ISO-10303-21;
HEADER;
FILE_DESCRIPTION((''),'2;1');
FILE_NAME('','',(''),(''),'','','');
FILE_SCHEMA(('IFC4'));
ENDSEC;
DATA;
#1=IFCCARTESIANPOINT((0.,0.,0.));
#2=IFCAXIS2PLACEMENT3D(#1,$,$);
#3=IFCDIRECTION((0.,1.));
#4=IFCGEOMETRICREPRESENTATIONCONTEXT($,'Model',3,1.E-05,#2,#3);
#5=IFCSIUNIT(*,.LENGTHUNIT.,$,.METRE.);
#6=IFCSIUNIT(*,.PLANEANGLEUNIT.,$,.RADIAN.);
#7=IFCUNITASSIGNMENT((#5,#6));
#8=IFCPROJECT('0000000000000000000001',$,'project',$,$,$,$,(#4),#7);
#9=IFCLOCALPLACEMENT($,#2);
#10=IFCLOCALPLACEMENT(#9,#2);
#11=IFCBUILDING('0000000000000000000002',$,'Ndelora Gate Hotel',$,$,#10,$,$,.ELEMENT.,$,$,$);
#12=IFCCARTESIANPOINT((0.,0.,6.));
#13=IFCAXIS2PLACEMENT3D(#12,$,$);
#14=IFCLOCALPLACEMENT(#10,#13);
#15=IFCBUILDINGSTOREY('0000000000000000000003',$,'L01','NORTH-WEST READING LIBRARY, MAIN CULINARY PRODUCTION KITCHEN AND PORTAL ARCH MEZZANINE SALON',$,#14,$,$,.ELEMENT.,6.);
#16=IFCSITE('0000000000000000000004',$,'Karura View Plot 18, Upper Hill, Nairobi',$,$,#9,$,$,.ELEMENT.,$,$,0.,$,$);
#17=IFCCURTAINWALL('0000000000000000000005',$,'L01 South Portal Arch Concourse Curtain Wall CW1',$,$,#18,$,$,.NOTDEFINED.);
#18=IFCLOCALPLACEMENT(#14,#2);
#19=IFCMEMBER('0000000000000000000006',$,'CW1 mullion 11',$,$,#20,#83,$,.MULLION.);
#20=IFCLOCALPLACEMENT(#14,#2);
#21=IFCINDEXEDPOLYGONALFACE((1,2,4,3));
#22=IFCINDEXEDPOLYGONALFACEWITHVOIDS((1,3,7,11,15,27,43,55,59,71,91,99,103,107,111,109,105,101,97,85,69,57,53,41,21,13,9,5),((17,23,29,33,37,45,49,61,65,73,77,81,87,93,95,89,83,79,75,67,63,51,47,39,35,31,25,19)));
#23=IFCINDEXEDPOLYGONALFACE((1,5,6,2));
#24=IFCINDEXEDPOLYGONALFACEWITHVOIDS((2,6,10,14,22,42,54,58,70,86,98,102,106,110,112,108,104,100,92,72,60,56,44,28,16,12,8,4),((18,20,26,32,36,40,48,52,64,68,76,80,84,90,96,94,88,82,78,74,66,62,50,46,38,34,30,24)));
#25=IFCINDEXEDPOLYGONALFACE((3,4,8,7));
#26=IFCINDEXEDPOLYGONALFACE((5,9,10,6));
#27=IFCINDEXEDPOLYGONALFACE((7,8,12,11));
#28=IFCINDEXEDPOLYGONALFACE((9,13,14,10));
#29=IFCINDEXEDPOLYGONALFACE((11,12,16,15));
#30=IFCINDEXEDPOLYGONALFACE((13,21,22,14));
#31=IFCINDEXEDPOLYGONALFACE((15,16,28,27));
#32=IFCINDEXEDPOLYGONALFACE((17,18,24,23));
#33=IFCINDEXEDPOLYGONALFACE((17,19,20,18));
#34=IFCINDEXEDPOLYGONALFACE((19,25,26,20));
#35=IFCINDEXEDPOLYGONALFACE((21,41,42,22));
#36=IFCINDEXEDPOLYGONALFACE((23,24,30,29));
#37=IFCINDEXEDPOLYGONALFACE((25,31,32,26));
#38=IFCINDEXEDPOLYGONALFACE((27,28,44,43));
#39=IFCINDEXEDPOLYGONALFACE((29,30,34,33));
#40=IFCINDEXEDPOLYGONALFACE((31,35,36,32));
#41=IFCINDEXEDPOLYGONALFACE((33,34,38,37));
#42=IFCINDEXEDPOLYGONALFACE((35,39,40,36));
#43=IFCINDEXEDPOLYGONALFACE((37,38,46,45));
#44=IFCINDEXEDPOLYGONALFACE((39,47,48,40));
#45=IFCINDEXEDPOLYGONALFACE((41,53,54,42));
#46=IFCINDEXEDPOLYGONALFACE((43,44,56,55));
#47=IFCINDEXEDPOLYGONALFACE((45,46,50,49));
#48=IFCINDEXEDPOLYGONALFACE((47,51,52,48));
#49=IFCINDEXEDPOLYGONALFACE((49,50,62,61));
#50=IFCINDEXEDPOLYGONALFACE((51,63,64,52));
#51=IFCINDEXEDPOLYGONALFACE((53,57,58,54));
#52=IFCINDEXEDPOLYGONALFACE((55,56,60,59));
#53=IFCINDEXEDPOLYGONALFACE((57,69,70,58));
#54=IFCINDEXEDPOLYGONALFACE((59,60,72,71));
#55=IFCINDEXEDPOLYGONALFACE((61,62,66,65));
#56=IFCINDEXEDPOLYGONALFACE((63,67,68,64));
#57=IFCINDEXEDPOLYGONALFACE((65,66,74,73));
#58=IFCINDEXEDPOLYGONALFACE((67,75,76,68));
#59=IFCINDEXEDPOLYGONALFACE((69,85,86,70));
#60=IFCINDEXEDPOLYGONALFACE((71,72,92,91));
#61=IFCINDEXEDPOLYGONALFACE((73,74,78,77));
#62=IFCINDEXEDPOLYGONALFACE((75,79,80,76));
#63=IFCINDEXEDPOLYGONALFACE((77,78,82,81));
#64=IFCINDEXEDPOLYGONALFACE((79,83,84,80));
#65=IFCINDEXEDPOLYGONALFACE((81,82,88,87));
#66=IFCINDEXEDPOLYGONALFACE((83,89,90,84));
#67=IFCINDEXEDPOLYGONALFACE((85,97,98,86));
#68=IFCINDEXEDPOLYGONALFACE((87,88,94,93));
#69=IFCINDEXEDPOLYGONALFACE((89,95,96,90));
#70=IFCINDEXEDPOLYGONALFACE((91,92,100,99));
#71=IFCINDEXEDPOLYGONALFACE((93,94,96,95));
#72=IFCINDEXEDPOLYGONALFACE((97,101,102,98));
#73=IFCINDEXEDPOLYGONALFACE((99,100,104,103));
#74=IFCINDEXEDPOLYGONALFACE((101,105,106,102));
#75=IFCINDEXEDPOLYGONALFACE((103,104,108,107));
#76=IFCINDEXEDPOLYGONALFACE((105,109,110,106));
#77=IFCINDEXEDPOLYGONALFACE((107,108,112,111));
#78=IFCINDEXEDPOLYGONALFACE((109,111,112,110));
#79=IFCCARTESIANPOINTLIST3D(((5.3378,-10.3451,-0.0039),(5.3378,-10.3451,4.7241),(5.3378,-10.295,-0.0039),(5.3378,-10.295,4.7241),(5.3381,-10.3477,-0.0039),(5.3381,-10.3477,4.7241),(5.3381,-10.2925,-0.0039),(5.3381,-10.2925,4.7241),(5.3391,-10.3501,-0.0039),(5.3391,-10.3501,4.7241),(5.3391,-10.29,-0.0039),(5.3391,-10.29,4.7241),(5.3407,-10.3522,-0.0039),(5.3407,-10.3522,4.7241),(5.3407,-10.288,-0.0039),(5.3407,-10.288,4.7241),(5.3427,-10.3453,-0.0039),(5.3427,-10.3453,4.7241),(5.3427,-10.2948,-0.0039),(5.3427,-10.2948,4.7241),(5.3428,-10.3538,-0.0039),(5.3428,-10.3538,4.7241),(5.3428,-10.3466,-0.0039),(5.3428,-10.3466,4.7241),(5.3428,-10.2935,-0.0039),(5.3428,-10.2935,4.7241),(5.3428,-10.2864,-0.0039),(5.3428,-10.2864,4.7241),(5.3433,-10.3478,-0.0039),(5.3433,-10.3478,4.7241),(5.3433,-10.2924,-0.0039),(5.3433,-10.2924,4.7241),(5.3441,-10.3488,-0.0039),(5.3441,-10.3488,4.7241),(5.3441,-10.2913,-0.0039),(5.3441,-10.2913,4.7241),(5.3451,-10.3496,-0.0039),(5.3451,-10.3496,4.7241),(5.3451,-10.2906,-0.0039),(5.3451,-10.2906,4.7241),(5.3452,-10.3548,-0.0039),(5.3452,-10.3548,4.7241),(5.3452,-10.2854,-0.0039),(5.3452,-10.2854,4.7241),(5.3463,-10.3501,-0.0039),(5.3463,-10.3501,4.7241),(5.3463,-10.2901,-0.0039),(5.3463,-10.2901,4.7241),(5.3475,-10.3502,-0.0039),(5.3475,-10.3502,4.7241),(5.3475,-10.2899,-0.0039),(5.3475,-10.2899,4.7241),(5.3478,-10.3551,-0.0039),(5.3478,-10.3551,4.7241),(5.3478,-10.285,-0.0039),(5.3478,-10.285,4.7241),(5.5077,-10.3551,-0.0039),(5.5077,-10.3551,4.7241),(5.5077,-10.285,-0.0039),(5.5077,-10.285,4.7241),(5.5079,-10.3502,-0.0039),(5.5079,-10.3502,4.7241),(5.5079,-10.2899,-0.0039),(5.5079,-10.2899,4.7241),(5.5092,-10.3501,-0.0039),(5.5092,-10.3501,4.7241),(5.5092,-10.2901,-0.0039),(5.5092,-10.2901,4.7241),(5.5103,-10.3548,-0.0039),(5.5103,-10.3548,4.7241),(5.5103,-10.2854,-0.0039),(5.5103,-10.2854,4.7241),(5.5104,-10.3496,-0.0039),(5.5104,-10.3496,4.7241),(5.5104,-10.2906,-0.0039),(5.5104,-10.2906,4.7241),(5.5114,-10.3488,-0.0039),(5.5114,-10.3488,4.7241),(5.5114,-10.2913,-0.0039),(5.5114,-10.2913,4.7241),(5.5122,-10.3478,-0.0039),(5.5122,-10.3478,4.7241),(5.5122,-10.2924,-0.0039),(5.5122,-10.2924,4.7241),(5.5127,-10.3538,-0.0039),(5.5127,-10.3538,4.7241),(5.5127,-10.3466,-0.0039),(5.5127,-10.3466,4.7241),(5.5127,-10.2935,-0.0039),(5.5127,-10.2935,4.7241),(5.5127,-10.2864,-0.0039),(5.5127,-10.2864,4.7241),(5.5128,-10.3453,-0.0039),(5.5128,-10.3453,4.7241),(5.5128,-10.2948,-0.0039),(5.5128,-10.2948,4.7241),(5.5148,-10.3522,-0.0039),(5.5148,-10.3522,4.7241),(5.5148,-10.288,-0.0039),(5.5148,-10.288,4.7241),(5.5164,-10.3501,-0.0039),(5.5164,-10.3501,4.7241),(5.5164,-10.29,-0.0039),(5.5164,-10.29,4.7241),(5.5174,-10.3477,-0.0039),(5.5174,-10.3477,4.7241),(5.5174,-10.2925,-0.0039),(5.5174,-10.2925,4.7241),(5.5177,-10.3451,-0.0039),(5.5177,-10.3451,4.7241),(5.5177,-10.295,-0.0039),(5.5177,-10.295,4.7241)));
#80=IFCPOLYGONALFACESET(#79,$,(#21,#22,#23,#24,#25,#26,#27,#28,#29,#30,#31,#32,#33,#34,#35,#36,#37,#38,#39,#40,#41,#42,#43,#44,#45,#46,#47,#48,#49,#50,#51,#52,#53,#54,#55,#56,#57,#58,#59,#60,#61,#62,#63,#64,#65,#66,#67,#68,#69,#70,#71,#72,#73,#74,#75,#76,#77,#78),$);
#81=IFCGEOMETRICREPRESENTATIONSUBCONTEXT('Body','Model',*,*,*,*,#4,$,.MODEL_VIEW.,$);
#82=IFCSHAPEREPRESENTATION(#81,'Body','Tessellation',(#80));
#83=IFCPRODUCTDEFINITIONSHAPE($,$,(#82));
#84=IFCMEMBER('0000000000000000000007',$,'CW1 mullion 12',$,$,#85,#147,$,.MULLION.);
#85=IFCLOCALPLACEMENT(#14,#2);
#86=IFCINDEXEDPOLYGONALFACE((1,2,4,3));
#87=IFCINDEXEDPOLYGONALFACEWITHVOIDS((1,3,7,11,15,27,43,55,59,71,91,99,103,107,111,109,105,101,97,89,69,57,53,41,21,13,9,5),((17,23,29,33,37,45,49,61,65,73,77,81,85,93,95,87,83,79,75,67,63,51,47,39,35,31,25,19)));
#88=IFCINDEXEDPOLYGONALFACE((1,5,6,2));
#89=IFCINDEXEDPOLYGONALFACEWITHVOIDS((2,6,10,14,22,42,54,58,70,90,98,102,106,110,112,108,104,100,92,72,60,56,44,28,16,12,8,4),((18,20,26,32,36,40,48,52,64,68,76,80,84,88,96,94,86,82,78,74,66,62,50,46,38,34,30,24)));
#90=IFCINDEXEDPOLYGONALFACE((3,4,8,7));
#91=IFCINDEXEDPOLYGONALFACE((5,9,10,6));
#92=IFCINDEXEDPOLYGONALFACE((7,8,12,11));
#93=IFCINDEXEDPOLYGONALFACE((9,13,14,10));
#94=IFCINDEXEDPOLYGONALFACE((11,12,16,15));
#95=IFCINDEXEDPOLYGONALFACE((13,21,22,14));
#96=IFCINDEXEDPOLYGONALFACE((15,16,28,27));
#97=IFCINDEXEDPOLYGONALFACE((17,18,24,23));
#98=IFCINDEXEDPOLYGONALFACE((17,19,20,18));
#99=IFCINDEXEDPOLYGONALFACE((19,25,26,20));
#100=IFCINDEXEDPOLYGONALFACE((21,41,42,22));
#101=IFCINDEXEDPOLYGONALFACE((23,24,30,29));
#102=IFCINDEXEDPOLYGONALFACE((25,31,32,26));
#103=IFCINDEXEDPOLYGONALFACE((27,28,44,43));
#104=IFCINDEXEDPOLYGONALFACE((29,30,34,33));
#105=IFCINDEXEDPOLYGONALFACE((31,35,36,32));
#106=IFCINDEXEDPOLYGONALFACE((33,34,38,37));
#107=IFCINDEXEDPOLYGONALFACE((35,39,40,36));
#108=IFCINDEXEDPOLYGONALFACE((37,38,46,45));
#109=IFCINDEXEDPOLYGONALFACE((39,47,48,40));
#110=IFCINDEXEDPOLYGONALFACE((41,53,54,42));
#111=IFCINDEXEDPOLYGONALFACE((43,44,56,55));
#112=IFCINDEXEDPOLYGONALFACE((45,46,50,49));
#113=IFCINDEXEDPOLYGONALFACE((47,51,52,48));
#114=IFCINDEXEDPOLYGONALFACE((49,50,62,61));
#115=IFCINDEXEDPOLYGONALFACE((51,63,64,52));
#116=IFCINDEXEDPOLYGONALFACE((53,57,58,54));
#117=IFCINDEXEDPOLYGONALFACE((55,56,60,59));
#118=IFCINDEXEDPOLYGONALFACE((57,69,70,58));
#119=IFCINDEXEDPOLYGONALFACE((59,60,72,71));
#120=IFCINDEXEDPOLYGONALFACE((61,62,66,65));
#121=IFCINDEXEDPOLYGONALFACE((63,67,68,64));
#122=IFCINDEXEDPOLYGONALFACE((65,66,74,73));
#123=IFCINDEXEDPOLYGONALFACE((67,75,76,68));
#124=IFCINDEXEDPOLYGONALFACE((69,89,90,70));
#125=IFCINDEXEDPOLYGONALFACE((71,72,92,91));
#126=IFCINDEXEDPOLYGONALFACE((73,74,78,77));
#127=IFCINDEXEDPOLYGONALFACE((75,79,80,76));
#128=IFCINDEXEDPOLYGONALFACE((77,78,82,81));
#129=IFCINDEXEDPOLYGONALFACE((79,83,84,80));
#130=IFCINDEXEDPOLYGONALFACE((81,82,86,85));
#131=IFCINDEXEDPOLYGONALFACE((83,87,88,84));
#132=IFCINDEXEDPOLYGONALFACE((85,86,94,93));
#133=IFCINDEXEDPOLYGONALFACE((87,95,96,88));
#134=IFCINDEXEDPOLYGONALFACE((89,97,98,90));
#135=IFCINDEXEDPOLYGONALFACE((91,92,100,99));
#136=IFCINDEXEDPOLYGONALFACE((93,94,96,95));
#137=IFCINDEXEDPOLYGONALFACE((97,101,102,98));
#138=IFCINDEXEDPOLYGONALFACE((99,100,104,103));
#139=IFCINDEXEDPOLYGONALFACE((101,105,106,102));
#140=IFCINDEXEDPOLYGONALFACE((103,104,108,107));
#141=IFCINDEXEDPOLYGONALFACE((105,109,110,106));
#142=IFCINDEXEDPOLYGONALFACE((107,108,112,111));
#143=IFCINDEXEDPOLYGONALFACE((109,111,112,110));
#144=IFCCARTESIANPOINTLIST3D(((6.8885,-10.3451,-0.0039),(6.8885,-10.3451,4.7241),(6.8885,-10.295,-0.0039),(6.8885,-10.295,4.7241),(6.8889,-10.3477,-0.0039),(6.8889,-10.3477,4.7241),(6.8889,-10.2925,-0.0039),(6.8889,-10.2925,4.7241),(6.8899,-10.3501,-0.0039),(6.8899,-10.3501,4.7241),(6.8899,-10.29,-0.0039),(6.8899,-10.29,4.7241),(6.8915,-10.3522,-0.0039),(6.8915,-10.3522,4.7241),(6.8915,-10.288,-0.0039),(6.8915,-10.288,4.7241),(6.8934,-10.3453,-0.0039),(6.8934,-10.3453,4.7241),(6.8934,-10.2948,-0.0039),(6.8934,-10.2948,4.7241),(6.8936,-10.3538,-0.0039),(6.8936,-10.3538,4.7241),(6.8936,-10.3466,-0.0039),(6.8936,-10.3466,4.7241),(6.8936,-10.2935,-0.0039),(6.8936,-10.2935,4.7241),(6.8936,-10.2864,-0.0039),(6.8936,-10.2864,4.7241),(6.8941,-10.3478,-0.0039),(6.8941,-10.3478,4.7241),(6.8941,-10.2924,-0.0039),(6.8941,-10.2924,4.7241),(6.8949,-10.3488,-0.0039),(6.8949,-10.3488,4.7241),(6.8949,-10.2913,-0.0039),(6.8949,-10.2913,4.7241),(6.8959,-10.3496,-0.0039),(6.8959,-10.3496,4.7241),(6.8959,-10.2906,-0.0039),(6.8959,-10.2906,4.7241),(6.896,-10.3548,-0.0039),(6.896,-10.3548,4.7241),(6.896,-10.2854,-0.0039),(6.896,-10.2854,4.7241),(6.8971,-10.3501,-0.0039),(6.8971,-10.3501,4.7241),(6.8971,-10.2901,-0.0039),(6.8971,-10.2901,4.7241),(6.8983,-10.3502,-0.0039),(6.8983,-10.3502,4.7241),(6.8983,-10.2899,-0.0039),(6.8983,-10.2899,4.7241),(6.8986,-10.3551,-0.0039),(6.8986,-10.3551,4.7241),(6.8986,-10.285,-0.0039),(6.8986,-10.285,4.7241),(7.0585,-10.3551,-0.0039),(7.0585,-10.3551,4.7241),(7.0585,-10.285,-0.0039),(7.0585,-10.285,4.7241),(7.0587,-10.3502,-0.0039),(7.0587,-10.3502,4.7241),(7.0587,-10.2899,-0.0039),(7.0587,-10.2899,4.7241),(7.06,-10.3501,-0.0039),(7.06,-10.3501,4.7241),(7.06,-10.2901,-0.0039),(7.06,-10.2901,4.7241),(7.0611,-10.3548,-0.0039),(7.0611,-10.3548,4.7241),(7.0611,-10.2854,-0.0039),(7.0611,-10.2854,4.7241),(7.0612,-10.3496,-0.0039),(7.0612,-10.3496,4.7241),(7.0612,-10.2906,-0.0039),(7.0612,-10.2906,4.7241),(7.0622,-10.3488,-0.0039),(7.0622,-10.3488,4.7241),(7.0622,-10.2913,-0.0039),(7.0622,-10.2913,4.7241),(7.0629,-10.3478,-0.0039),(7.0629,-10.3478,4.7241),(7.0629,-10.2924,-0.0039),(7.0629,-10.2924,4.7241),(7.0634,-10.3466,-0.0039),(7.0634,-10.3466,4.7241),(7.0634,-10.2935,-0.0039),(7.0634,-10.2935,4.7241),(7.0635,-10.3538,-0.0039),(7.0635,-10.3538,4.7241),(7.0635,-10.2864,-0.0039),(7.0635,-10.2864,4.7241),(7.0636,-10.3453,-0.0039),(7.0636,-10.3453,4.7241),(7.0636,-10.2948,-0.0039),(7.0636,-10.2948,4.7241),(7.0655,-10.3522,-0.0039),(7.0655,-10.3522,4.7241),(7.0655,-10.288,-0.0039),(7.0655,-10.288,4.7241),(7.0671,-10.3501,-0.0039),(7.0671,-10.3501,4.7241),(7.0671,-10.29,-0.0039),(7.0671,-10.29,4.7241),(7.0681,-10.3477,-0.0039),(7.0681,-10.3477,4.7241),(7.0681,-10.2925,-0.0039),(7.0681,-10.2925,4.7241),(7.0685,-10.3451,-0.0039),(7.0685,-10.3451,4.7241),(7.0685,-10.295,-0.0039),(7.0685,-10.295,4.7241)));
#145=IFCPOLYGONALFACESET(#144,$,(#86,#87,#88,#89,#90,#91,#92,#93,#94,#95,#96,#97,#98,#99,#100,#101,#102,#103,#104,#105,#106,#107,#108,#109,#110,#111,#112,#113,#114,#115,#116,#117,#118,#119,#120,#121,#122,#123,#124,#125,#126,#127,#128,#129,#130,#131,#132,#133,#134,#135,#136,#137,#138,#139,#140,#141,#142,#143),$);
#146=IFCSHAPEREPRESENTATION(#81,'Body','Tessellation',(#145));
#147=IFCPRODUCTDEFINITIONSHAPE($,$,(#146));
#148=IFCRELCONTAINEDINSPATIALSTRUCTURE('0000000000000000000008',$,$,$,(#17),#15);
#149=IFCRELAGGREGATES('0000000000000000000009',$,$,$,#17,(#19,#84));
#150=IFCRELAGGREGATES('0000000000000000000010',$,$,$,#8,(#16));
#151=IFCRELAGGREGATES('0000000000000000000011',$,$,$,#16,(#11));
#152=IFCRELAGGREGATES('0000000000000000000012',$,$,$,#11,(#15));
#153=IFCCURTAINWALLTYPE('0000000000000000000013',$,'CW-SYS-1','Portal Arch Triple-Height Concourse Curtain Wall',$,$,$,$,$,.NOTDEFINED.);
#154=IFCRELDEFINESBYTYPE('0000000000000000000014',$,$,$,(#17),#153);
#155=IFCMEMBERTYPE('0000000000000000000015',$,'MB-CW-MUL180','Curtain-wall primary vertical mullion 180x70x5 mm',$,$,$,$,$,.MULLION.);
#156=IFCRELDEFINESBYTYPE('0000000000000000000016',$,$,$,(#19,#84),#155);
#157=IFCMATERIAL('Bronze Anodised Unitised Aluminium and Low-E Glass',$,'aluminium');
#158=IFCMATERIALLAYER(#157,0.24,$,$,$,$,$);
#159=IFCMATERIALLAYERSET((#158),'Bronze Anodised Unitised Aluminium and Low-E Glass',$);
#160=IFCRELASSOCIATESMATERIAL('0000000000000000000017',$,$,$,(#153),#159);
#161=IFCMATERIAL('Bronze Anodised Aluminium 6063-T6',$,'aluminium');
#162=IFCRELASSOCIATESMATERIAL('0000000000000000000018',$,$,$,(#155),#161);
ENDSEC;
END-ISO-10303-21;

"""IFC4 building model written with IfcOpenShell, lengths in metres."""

from ifc_helpers import new_model, si_unit, direction, frame, origin, origin_2d, place, context, subcontext, project, spatial, hollow_rectangle, extrude, material, layer, layer_set, material_profile, profile_set, type_object, element, aggregate, save


model = new_model("IFC4")

# Units and contexts
model_context = context("Model", 3, precision=1e-05, world=origin(), true_north=direction((0.0, 1.0)))
body_context = subcontext(model_context, "Body", "Model", "MODEL_VIEW")
ifc_project = project(units=[si_unit("LENGTHUNIT", "METRE"), si_unit("PLANEANGLEUNIT", "RADIAN")], contexts=[model_context])

# Site, building, storey
site_placement = place(None, origin())
site = spatial("IfcSite", under=ifc_project, at=site_placement, Name="Karura View Plot 18, Upper Hill, Nairobi", CompositionType="ELEMENT", RefElevation=0.0)
building_placement = place(site_placement, origin())
building = spatial("IfcBuilding", under=site, at=building_placement, Name="Ndelora Gate Hotel", CompositionType="ELEMENT")
storey_placement = place(building_placement, frame((0.0, 0.0, 6.0)))
storey = spatial("IfcBuildingStorey", under=building, at=storey_placement, Name="L01", Description="NORTH-WEST READING LIBRARY, MAIN CULINARY PRODUCTION KITCHEN AND PORTAL ARCH MEZZANINE SALON", CompositionType="ELEMENT", Elevation=6.0)

# Curtain wall, members
ifc_material_1 = material(Name="Bronze Anodised Unitised Aluminium and Low-E Glass", Category="aluminium")
ifc_layer_1 = layer(ifc_material_1, 0.24)
ifc_layer_set_1 = layer_set([ifc_layer_1], Name="Bronze Anodised Unitised Aluminium and Low-E Glass")
curtain_wall_type = type_object("IfcCurtainWallType", Name="CW-SYS-1", Description="Portal Arch Triple-Height Concourse Curtain Wall", PredefinedType="NOTDEFINED", material=ifc_layer_set_1)
curtain_wall_placement = place(storey_placement, origin())
curtain_wall = element("IfcCurtainWall", 1, at=curtain_wall_placement, inside=storey, type_object=curtain_wall_type, Name="L01 South Portal Arch Concourse Curtain Wall CW1", PredefinedType="NOTDEFINED")
ifc_material_2 = material(Name="Bronze Anodised Aluminium 6063-T6", Category="aluminium")
ifc_material_profile_1 = material_profile(ifc_material_2, hollow_rectangle(XDim=0.0701, YDim=0.1799, WallThickness=0.0049, InnerFilletRadius=0.0049, OuterFilletRadius=0.01, at=origin_2d()), Name="ALU 180x70x5")
ifc_profile_set_1 = profile_set([ifc_material_profile_1], Name="Bronze Anodised Aluminium 6063-T6")
member_type_1 = type_object("IfcMemberType", Name="MB-CW-MUL180", Description="Curtain-wall primary vertical mullion 180x70x5 mm", PredefinedType="MULLION", material=ifc_profile_set_1)
member_1_placement = place(storey_placement, frame((5.4277, -10.3201, -0.0039), z_axis=(0.0, 0.0, 1.0), x_axis=(0.0, 1.0, 0.0)))
member_1 = element("IfcMember", 2, at=member_1_placement, type_object=member_type_1, Name="CW1 mullion 11", PredefinedType="MULLION", context=body_context, shape_type="SweptSolid", body=[
    extrude(hollow_rectangle(XDim=0.0701, YDim=0.1799, WallThickness=0.0049, InnerFilletRadius=0.0049, OuterFilletRadius=0.01, at=origin_2d()), origin(), (0.0, 0.0, 1.0), 4.728),
])
member_2_placement = place(storey_placement, frame((6.9785, -10.3201, -0.0039), z_axis=(0.0, 0.0, 1.0), x_axis=(0.0, 1.0, 0.0)))
member_2 = element("IfcMember", 3, at=member_2_placement, type_object=member_type_1, Name="CW1 mullion 12", PredefinedType="MULLION", context=body_context, shape_type="SweptSolid", body=[
    extrude(hollow_rectangle(XDim=0.0701, YDim=0.1799, WallThickness=0.0049, InnerFilletRadius=0.0049, OuterFilletRadius=0.01, at=origin_2d()), origin(), (0.0, 0.0, 1.0), 4.728),
])
aggregate(curtain_wall, [member_1, member_2])

save(model, "model.ifc")
